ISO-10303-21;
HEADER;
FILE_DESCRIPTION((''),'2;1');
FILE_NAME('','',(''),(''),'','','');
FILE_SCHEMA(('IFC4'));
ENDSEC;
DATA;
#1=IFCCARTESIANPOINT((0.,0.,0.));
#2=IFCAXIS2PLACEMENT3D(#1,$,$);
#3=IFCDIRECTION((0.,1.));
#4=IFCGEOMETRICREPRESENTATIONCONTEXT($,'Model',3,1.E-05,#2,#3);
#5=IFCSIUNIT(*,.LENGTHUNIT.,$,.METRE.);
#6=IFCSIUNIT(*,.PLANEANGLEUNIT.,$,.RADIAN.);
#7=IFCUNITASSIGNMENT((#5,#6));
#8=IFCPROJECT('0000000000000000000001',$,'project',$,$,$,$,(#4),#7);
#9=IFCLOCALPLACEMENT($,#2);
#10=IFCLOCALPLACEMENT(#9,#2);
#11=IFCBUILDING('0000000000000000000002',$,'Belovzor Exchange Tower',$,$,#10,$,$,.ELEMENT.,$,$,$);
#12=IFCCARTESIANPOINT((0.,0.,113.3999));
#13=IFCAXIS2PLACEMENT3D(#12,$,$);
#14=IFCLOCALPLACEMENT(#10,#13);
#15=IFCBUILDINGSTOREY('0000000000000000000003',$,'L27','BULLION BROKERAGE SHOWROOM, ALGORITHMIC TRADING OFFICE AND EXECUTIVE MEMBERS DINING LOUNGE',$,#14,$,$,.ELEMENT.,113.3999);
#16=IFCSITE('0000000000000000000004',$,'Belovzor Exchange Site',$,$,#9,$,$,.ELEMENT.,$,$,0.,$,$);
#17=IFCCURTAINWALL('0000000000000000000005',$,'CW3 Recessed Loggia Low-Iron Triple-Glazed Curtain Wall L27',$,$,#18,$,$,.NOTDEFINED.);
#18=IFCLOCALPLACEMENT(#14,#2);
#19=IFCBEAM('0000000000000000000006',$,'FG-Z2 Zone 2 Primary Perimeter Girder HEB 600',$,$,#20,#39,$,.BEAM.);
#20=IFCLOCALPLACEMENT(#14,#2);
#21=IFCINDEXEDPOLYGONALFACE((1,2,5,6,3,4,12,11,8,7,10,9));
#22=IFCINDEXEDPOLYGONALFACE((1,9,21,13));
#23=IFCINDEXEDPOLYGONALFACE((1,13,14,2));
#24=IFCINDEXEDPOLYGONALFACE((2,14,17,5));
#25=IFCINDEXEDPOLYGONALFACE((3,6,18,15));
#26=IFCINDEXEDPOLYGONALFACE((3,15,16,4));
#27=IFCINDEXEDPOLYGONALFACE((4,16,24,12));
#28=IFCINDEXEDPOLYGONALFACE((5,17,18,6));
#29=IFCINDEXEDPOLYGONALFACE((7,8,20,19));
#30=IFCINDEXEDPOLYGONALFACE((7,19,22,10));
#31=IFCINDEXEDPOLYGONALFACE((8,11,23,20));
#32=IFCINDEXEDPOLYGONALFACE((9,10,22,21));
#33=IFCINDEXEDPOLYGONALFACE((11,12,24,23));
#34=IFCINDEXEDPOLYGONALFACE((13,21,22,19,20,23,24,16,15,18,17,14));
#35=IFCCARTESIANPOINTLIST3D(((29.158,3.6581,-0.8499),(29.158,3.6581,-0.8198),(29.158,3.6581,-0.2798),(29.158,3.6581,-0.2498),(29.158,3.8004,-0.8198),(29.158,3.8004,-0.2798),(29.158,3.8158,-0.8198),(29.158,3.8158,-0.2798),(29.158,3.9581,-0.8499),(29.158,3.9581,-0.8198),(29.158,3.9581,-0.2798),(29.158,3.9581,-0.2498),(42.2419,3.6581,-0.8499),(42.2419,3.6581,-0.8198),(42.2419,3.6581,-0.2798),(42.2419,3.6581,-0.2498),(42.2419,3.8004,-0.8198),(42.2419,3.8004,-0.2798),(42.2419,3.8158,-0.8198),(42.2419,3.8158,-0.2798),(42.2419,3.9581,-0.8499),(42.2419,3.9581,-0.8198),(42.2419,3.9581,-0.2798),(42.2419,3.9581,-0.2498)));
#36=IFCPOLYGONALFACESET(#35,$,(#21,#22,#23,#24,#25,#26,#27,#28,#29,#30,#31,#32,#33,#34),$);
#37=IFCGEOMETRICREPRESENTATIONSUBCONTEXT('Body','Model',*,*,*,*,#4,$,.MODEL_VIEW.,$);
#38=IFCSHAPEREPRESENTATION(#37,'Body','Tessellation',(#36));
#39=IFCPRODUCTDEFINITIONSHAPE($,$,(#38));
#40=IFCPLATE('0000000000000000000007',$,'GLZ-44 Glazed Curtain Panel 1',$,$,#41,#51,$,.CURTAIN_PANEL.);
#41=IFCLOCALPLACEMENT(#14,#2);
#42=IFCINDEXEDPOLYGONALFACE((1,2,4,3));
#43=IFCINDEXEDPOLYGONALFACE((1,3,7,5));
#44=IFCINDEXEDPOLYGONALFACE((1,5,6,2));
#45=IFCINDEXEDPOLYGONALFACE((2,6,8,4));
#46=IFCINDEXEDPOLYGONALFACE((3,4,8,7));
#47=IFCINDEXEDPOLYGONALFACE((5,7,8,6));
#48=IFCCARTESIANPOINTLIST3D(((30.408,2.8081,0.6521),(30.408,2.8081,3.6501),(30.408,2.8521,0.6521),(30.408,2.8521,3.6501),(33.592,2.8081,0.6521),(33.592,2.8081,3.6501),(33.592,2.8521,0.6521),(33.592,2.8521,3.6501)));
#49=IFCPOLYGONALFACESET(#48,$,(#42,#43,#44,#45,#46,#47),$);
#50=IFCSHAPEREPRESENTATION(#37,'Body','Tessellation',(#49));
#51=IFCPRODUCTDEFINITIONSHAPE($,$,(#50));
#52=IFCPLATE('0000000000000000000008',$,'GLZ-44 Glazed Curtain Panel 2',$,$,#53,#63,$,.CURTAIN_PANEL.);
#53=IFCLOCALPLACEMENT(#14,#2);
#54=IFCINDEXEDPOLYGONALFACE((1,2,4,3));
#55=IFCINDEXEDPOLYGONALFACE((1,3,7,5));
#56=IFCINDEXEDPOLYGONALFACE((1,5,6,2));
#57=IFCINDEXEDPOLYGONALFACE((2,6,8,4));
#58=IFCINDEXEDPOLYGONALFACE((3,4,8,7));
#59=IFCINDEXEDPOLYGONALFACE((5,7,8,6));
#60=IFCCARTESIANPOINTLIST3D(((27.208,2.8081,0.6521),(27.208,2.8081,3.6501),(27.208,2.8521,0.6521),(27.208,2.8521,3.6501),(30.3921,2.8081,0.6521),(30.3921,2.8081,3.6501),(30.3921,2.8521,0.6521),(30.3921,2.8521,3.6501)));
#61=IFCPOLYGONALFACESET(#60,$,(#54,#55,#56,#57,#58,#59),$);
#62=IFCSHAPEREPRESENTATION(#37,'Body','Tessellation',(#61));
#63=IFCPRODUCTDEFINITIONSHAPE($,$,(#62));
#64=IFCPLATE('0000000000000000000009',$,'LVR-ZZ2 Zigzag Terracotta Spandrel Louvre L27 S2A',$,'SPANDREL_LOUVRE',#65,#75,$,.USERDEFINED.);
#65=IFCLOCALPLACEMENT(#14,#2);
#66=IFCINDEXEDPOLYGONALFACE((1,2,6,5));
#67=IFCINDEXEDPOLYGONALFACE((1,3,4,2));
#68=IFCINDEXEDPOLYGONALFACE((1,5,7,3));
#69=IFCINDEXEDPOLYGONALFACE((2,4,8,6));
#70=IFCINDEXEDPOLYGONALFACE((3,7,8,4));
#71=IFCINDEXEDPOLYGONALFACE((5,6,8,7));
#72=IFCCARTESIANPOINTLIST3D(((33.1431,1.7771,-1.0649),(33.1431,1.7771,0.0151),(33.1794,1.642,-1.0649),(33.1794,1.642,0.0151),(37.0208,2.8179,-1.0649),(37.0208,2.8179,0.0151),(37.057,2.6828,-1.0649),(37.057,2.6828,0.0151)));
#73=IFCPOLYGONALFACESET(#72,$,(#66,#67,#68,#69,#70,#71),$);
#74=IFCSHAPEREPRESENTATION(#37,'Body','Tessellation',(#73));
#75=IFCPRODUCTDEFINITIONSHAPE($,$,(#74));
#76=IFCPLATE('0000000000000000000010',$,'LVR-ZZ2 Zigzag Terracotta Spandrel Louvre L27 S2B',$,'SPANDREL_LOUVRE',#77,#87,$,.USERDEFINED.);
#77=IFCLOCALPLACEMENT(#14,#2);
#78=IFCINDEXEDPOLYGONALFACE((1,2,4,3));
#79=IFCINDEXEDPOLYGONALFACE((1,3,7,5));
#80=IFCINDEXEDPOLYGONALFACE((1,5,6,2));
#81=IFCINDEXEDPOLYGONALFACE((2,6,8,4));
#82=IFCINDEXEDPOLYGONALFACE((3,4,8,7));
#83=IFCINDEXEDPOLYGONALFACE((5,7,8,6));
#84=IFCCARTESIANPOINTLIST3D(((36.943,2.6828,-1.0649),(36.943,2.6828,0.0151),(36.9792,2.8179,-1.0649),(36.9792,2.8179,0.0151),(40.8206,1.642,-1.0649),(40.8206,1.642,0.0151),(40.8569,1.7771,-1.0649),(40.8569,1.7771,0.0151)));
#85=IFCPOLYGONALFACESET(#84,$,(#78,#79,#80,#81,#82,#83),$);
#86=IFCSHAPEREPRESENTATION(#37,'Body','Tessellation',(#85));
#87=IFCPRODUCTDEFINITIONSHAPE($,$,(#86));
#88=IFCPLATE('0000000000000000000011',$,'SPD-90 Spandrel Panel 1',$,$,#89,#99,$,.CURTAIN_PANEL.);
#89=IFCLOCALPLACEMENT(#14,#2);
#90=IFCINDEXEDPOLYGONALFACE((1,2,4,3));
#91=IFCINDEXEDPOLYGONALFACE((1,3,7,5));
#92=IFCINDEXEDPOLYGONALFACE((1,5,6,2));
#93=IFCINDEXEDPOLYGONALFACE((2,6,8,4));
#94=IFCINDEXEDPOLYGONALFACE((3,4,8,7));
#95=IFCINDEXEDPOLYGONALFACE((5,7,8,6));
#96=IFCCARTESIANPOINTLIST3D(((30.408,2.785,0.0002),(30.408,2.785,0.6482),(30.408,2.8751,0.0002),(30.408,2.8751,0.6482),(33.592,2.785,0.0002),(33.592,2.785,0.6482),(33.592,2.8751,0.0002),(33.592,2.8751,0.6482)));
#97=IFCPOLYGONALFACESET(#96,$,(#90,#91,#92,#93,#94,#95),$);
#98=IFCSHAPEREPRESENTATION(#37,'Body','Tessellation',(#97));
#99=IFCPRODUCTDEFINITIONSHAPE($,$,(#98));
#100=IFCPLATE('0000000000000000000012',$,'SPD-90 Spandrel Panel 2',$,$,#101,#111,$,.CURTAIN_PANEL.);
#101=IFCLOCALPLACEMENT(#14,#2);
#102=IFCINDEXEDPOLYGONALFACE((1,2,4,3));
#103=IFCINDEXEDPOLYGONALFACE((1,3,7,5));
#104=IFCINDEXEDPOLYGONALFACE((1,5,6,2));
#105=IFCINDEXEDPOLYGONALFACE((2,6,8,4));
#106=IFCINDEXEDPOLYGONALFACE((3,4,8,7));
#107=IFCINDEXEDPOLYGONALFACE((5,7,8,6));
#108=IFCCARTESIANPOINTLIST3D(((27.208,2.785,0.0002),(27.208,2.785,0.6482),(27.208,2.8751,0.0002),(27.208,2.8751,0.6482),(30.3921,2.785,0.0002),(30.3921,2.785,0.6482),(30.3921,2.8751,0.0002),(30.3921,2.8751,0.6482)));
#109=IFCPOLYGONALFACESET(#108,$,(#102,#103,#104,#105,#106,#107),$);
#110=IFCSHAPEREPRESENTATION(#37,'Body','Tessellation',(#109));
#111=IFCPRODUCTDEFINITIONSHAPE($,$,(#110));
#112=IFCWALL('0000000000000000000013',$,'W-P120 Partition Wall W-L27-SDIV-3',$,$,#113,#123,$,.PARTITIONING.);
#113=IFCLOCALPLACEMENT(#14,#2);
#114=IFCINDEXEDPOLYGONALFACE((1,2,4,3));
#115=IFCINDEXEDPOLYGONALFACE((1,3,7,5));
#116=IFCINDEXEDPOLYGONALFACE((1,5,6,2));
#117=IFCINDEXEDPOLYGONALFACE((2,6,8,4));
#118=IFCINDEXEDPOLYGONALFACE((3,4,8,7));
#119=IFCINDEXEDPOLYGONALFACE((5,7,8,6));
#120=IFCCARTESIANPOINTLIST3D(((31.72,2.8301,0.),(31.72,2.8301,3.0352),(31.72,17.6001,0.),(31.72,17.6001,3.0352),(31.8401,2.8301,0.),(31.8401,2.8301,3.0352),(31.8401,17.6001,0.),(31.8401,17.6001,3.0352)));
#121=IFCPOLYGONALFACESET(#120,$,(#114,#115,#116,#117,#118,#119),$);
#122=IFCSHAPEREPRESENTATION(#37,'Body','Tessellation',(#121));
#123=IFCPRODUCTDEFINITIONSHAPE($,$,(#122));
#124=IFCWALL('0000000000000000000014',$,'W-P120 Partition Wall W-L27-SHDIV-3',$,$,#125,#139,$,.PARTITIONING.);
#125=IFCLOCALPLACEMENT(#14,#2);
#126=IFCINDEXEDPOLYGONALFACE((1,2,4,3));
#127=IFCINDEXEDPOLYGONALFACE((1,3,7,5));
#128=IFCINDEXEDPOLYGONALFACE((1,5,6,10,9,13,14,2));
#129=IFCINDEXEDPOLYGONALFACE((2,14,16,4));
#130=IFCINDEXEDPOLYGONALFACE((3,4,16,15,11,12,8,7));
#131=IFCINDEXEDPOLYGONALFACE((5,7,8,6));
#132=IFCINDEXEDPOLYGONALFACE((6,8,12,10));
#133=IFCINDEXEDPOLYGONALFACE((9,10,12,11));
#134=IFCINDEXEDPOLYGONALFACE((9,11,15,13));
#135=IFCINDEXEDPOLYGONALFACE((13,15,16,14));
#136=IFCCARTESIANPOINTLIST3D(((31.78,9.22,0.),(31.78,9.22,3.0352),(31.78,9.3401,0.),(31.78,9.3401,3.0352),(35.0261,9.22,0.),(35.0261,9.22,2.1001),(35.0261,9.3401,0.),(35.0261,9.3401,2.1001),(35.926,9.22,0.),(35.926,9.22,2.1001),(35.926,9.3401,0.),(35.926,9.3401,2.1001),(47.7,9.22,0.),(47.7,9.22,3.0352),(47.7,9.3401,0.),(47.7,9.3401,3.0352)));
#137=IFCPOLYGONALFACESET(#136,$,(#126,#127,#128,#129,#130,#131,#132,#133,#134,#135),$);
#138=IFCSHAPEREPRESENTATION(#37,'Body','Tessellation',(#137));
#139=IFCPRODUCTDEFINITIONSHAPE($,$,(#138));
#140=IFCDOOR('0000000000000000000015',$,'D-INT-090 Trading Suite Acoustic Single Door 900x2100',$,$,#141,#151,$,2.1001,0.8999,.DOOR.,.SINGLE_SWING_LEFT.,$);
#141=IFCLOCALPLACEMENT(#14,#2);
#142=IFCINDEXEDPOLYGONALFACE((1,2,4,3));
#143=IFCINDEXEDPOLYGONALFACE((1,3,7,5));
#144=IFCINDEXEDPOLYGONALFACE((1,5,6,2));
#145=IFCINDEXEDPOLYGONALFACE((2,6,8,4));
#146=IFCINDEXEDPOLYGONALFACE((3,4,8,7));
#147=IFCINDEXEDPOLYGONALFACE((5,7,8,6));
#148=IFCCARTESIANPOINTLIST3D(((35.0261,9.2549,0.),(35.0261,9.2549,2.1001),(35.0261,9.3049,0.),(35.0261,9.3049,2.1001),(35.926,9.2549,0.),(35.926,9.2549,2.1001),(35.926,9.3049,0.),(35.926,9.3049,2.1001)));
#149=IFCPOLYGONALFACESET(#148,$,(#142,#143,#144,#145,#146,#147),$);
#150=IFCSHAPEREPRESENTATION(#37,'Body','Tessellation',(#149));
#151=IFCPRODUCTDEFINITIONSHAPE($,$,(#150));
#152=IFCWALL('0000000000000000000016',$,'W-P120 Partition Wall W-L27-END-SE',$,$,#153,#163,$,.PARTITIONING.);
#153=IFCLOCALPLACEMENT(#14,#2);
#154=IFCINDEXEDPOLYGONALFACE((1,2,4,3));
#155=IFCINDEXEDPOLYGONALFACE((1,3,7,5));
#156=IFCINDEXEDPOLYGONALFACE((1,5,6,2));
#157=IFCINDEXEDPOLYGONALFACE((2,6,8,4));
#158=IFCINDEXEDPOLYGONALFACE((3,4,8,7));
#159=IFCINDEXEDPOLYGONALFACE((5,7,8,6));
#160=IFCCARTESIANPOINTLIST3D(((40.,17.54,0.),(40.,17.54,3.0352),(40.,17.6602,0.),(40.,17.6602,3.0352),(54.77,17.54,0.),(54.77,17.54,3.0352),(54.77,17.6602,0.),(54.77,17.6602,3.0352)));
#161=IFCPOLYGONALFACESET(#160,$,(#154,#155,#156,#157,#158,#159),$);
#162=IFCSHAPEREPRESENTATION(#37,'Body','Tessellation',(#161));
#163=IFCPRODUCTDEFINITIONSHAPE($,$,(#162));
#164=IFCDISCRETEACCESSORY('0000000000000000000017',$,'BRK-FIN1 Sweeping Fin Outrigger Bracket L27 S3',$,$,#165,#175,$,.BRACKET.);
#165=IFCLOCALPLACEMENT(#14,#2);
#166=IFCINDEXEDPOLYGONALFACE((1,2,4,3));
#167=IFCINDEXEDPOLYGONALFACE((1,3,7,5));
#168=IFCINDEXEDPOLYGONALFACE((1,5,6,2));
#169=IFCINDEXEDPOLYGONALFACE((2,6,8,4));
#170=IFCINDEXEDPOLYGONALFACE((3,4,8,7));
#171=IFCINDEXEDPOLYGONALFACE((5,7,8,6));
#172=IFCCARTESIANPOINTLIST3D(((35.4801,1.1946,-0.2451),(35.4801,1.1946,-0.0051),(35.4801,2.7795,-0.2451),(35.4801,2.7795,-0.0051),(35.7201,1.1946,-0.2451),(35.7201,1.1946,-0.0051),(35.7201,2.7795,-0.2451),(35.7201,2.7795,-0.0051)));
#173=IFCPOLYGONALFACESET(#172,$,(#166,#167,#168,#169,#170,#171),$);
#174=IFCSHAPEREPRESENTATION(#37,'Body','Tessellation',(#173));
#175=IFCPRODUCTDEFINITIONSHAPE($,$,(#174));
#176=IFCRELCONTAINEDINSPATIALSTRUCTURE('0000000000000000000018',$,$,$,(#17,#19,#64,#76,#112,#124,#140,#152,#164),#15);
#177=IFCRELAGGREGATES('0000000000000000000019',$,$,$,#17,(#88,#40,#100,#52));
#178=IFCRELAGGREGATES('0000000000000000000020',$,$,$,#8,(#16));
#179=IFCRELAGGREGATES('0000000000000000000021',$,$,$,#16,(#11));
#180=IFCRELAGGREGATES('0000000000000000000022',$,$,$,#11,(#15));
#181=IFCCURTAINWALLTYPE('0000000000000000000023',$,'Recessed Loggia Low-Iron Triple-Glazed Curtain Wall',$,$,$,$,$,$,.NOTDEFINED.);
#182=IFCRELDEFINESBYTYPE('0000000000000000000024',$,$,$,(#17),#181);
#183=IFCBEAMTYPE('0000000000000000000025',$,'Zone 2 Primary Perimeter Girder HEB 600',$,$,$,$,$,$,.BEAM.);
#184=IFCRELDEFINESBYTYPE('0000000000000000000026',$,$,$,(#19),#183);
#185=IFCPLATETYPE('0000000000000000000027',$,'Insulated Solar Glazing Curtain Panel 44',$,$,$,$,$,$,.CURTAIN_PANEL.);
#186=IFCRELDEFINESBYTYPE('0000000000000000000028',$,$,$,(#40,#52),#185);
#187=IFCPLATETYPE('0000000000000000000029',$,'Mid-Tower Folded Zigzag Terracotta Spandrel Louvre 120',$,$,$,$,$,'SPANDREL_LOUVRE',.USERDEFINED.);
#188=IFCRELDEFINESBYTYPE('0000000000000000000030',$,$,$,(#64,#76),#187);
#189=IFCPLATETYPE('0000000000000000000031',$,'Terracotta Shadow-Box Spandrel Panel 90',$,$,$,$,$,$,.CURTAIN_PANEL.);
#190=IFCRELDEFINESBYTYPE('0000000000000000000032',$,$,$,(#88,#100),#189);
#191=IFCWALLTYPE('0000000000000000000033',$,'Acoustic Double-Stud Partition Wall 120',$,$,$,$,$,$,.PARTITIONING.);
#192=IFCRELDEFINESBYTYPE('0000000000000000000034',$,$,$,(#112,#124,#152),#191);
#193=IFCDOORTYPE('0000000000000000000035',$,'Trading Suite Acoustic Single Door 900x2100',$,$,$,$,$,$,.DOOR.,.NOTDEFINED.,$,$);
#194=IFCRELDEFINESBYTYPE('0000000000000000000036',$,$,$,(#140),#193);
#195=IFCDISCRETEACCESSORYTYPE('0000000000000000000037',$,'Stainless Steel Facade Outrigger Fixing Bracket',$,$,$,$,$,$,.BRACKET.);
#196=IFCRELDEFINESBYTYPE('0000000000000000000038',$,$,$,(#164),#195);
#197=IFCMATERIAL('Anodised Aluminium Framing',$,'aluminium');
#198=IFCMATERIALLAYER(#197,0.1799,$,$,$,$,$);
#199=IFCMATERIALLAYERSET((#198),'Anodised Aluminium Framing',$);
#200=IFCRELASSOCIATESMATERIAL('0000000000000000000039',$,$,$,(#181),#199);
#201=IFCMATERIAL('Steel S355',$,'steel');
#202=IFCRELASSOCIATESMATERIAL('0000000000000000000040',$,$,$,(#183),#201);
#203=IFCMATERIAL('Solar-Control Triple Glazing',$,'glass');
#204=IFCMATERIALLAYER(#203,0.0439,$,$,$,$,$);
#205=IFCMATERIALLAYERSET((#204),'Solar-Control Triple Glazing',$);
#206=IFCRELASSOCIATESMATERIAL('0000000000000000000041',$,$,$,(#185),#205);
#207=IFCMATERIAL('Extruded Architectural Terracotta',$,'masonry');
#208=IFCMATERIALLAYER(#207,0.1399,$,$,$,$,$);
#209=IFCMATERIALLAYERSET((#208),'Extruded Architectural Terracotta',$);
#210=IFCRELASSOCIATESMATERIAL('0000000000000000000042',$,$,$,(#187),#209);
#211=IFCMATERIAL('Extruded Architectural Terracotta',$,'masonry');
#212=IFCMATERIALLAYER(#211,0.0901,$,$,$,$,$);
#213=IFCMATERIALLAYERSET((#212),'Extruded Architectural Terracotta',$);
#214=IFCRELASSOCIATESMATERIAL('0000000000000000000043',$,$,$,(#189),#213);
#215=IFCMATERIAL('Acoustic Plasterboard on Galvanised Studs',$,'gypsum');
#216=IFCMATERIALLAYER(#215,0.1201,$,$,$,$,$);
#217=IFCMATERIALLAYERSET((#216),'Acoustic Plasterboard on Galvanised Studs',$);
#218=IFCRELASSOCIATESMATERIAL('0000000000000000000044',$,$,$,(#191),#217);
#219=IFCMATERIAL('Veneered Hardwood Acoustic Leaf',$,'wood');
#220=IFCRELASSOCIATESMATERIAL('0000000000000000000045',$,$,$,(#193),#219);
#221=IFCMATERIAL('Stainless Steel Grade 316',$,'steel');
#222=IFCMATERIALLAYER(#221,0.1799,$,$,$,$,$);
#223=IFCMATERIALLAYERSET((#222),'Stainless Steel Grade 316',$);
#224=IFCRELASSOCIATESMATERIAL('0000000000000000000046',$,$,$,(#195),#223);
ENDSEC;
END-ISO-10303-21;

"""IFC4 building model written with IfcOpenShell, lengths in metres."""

from ifc_helpers import new_model, si_unit, direction, frame, frame_2d, origin, origin_2d, place, context, subcontext, project, spatial, rectangle, i_section, extrude, material, layer, layer_set, material_profile, profile_set, type_object, element, fill, aggregate, save


model = new_model("IFC4")

# Units and contexts
model_context = context("Model", 3, precision=1e-05, world=origin(), true_north=direction((0.0, 1.0)))
body_context = subcontext(model_context, "Body", "Model", "MODEL_VIEW")
ifc_project = project(units=[si_unit("LENGTHUNIT", "METRE"), si_unit("PLANEANGLEUNIT", "RADIAN")], contexts=[model_context])

# Site, building, storey
site_placement = place(None, origin())
site = spatial("IfcSite", under=ifc_project, at=site_placement, Name="Belovzor Exchange Site", CompositionType="ELEMENT", RefElevation=0.0)
building_placement = place(site_placement, origin())
building = spatial("IfcBuilding", under=site, at=building_placement, Name="Belovzor Exchange Tower", CompositionType="ELEMENT")
storey_placement = place(building_placement, frame((0.0, 0.0, 113.3999)))
storey = spatial("IfcBuildingStorey", under=building, at=storey_placement, Name="L27", Description="BULLION BROKERAGE SHOWROOM, ALGORITHMIC TRADING OFFICE AND EXECUTIVE MEMBERS DINING LOUNGE", CompositionType="ELEMENT", Elevation=113.3999)

# Curtain wall
ifc_material_1 = material(Name="Anodised Aluminium Framing", Category="aluminium")
ifc_layer_1 = layer(ifc_material_1, 0.1799)
ifc_layer_set_1 = layer_set([ifc_layer_1], Name="Anodised Aluminium Framing")
curtain_wall_type = type_object("IfcCurtainWallType", Name="Recessed Loggia Low-Iron Triple-Glazed Curtain Wall", PredefinedType="NOTDEFINED", material=ifc_layer_set_1)
curtain_wall_placement = place(storey_placement, origin())
curtain_wall = element("IfcCurtainWall", 1, at=curtain_wall_placement, inside=storey, type_object=curtain_wall_type, Name="CW3 Recessed Loggia Low-Iron Triple-Glazed Curtain Wall L27", PredefinedType="NOTDEFINED")

# Beam
ifc_material_2 = material(Name="Steel S355", Category="steel")
ifc_material_profile_1 = material_profile(ifc_material_2, i_section(OverallWidth=0.3, OverallDepth=0.6001, WebThickness=0.0154, FlangeThickness=0.03, at=origin_2d()))
ifc_profile_set_1 = profile_set([ifc_material_profile_1], Name="Steel S355")
beam_type_1 = type_object("IfcBeamType", Name="Zone 2 Primary Perimeter Girder HEB 600", PredefinedType="BEAM", material=ifc_profile_set_1)
beam_1_placement = place(storey_placement, frame((29.158, 3.8081, -0.5498), z_axis=(1.0, 0.0, 0.0), x_axis=(0.0, 1.0, 0.0)))
element("IfcBeam", 2, at=beam_1_placement, inside=storey, type_object=beam_type_1, Name="FG-Z2 Zone 2 Primary Perimeter Girder HEB 600", PredefinedType="BEAM", context=body_context, shape_type="SweptSolid", body=[
    extrude(i_section(OverallWidth=0.3, OverallDepth=0.6001, WebThickness=0.0154, FlangeThickness=0.03, at=origin_2d()), origin(), (0.0, 0.0, 1.0), 13.084),
])

# Plates
ifc_material_3 = material(Name="Solar-Control Triple Glazing", Category="glass")
ifc_layer_2 = layer(ifc_material_3, 0.0439)
ifc_layer_set_2 = layer_set([ifc_layer_2], Name="Solar-Control Triple Glazing")
plate_type_1 = type_object("IfcPlateType", Name="Insulated Solar Glazing Curtain Panel 44", PredefinedType="CURTAIN_PANEL", material=ifc_layer_set_2)
plate_1_placement = place(storey_placement, frame((32.0, 2.8301, 0.6521), z_axis=(0.0, 0.0, 1.0), x_axis=(-1.0, 0.0, 0.0)))
plate_1 = element("IfcPlate", 3, at=plate_1_placement, type_object=plate_type_1, Name="GLZ-44 Glazed Curtain Panel 1", PredefinedType="CURTAIN_PANEL", context=body_context, shape_type="SweptSolid", body=[
    extrude(rectangle(XDim=3.1841, YDim=0.0439, at=origin_2d()), origin(), (0.0, 0.0, 1.0), 2.998),
])
plate_2_placement = place(storey_placement, frame((28.8, 2.8301, 0.6521), z_axis=(0.0, 0.0, 1.0), x_axis=(-1.0, 0.0, 0.0)))
plate_2 = element("IfcPlate", 4, at=plate_2_placement, type_object=plate_type_1, Name="GLZ-44 Glazed Curtain Panel 2", PredefinedType="CURTAIN_PANEL", context=body_context, shape_type="SweptSolid", body=[
    extrude(rectangle(XDim=3.1841, YDim=0.0439, at=origin_2d()), origin(), (0.0, 0.0, 1.0), 2.998),
])

# Plates
ifc_material_4 = material(Name="Extruded Architectural Terracotta", Category="masonry")
ifc_layer_3 = layer(ifc_material_4, 0.1399)
ifc_layer_set_3 = layer_set([ifc_layer_3], Name="Extruded Architectural Terracotta")
plate_type_2 = type_object("IfcPlateType", Name="Mid-Tower Folded Zigzag Terracotta Spandrel Louvre 120", ElementType="SPANDREL_LOUVRE", PredefinedType="USERDEFINED", material=ifc_layer_set_3)
for number, where, z_axis, x_axis, name in (
    (5, (35.1001, 2.23, -1.0649), (0.0, 0.0, 1.0), (0.965813, 0.25924, 0.0), "LVR-ZZ2 Zigzag Terracotta Spandrel Louvre L27 S2A"),
    (6, (38.8999, 2.23, -1.0649), (0.0, 0.0, 1.0), (0.965813, -0.25924, 0.0), "LVR-ZZ2 Zigzag Terracotta Spandrel Louvre L27 S2B"),
):
    element("IfcPlate", number, at=place(storey_placement, frame(where, z_axis=z_axis, x_axis=x_axis)), inside=storey, type_object=plate_type_2, Name=name, ObjectType="SPANDREL_LOUVRE", PredefinedType="USERDEFINED", context=body_context, shape_type="SweptSolid", body=[
        extrude(rectangle(XDim=4.0149, YDim=0.1399, at=origin_2d()), origin(), (0.0, 0.0, 1.0), 1.0801),
    ])

# Plates
ifc_material_5 = material(Name="Extruded Architectural Terracotta", Category="masonry")
ifc_layer_4 = layer(ifc_material_5, 0.0901)
ifc_layer_set_4 = layer_set([ifc_layer_4], Name="Extruded Architectural Terracotta")
plate_type_3 = type_object("IfcPlateType", Name="Terracotta Shadow-Box Spandrel Panel 90", PredefinedType="CURTAIN_PANEL", material=ifc_layer_set_4)
plate_3_placement = place(storey_placement, frame((32.0, 2.8301, 0.0002), z_axis=(0.0, 0.0, 1.0), x_axis=(-1.0, 0.0, 0.0)))
plate_3 = element("IfcPlate", 7, at=plate_3_placement, type_object=plate_type_3, Name="SPD-90 Spandrel Panel 1", PredefinedType="CURTAIN_PANEL", context=body_context, shape_type="SweptSolid", body=[
    extrude(rectangle(XDim=3.1841, YDim=0.0901, at=origin_2d()), origin(), (0.0, 0.0, 1.0), 0.6479),
])
plate_4_placement = place(storey_placement, frame((28.8, 2.8301, 0.0002), z_axis=(0.0, 0.0, 1.0), x_axis=(-1.0, 0.0, 0.0)))
plate_4 = element("IfcPlate", 8, at=plate_4_placement, type_object=plate_type_3, Name="SPD-90 Spandrel Panel 2", PredefinedType="CURTAIN_PANEL", context=body_context, shape_type="SweptSolid", body=[
    extrude(rectangle(XDim=3.1841, YDim=0.0901, at=origin_2d()), origin(), (0.0, 0.0, 1.0), 0.6479),
])
aggregate(curtain_wall, [plate_3, plate_1, plate_4, plate_2])

# Wall
ifc_material_6 = material(Name="Acoustic Plasterboard on Galvanised Studs", Category="gypsum")
ifc_layer_5 = layer(ifc_material_6, 0.1201)
ifc_layer_set_5 = layer_set([ifc_layer_5], Name="Acoustic Plasterboard on Galvanised Studs")
wall_type = type_object("IfcWallType", Name="Acoustic Double-Stud Partition Wall 120", PredefinedType="PARTITIONING", material=ifc_layer_set_5)
wall_1_placement = place(storey_placement, frame((31.78, 2.8301, 0.0), z_axis=(0.0, 0.0, 1.0), x_axis=(0.0, 1.0, 0.0)))
element("IfcWall", 9, at=wall_1_placement, inside=storey, type_object=wall_type, Name="W-P120 Partition Wall W-L27-SDIV-3", PredefinedType="PARTITIONING", context=body_context, shape_type="SweptSolid", body=[
    extrude(rectangle(XDim=14.77, YDim=0.1201, at=frame_2d((7.385, 0.0))), origin(), (0.0, 0.0, 1.0), 3.0352),
])

# Wall, opening, door
wall_2_placement = place(storey_placement, frame((31.78, 9.28, 0.0), z_axis=(0.0, 0.0, 1.0), x_axis=(1.0, 0.0, 0.0)))
wall_2 = element("IfcWall", 10, at=wall_2_placement, inside=storey, type_object=wall_type, Name="W-P120 Partition Wall W-L27-SHDIV-3", PredefinedType="PARTITIONING", context=body_context, shape_type="SweptSolid", body=[
    extrude(rectangle(XDim=15.9199, YDim=0.1201, at=frame_2d((7.96, 0.0))), origin(), (0.0, 0.0, 1.0), 3.0352),
])
opening_placement = place(wall_2_placement, frame((3.2461, 0.0, 0.0)))
opening = element("IfcOpeningElement", 11, at=opening_placement, cuts=wall_2, PredefinedType="OPENING", context=body_context, shape_type="SweptSolid", body=[
    extrude(rectangle(XDim=0.8999, YDim=2.1001, at=frame_2d((0.45, 1.05))), frame((0.0, 0.0701, 0.0), z_axis=(0.0, -1.0, 0.0), x_axis=(1.0, 0.0, 0.0)), (0.0, 0.0, 1.0), 0.1401),
])
ifc_material_7 = material(Name="Veneered Hardwood Acoustic Leaf", Category="wood")
door_type = type_object("IfcDoorType", Name="Trading Suite Acoustic Single Door 900x2100", OperationType="NOTDEFINED", PredefinedType="DOOR", material=ifc_material_7)
door_placement = place(opening_placement, origin())
door = element("IfcDoor", 12, at=door_placement, inside=storey, type_object=door_type, Name="D-INT-090 Trading Suite Acoustic Single Door 900x2100", OperationType="SINGLE_SWING_LEFT", OverallHeight=2.1001, OverallWidth=0.8999, PredefinedType="DOOR", context=body_context, shape_type="SweptSolid", body=[
    extrude(rectangle(XDim=0.8999, YDim=2.1001, at=frame_2d((0.45, 1.05))), frame((0.0, 0.0249, 0.0), z_axis=(0.0, -1.0, 0.0), x_axis=(1.0, 0.0, 0.0)), (0.0, 0.0, 1.0), 0.05),
])
fill(opening, door)

# Wall
wall_3_placement = place(storey_placement, frame((40.0, 17.6001, 0.0), z_axis=(0.0, 0.0, 1.0), x_axis=(1.0, 0.0, 0.0)))
element("IfcWall", 13, at=wall_3_placement, inside=storey, type_object=wall_type, Name="W-P120 Partition Wall W-L27-END-SE", PredefinedType="PARTITIONING", context=body_context, shape_type="SweptSolid", body=[
    extrude(rectangle(XDim=14.77, YDim=0.1201, at=frame_2d((7.385, 0.0))), origin(), (0.0, 0.0, 1.0), 3.0352),
])

# Discrete accessory
ifc_material_8 = material(Name="Stainless Steel Grade 316", Category="steel")
ifc_layer_6 = layer(ifc_material_8, 0.1799)
ifc_layer_set_6 = layer_set([ifc_layer_6], Name="Stainless Steel Grade 316")
discrete_accessory_type = type_object("IfcDiscreteAccessoryType", Name="Stainless Steel Facade Outrigger Fixing Bracket", PredefinedType="BRACKET", material=ifc_layer_set_6)
discrete_accessory_placement = place(storey_placement, frame((35.6001, 1.9871, -0.2451), z_axis=(0.0, 0.0, 1.0), x_axis=(0.0, 1.0, 0.0)))
element("IfcDiscreteAccessory", 14, at=discrete_accessory_placement, inside=storey, type_object=discrete_accessory_type, Name="BRK-FIN1 Sweeping Fin Outrigger Bracket L27 S3", PredefinedType="BRACKET", context=body_context, shape_type="SweptSolid", body=[
    extrude(rectangle(XDim=1.585, YDim=0.24, at=origin_2d()), origin(), (0.0, 0.0, 1.0), 0.24),
])

save(model, "model.ifc")
